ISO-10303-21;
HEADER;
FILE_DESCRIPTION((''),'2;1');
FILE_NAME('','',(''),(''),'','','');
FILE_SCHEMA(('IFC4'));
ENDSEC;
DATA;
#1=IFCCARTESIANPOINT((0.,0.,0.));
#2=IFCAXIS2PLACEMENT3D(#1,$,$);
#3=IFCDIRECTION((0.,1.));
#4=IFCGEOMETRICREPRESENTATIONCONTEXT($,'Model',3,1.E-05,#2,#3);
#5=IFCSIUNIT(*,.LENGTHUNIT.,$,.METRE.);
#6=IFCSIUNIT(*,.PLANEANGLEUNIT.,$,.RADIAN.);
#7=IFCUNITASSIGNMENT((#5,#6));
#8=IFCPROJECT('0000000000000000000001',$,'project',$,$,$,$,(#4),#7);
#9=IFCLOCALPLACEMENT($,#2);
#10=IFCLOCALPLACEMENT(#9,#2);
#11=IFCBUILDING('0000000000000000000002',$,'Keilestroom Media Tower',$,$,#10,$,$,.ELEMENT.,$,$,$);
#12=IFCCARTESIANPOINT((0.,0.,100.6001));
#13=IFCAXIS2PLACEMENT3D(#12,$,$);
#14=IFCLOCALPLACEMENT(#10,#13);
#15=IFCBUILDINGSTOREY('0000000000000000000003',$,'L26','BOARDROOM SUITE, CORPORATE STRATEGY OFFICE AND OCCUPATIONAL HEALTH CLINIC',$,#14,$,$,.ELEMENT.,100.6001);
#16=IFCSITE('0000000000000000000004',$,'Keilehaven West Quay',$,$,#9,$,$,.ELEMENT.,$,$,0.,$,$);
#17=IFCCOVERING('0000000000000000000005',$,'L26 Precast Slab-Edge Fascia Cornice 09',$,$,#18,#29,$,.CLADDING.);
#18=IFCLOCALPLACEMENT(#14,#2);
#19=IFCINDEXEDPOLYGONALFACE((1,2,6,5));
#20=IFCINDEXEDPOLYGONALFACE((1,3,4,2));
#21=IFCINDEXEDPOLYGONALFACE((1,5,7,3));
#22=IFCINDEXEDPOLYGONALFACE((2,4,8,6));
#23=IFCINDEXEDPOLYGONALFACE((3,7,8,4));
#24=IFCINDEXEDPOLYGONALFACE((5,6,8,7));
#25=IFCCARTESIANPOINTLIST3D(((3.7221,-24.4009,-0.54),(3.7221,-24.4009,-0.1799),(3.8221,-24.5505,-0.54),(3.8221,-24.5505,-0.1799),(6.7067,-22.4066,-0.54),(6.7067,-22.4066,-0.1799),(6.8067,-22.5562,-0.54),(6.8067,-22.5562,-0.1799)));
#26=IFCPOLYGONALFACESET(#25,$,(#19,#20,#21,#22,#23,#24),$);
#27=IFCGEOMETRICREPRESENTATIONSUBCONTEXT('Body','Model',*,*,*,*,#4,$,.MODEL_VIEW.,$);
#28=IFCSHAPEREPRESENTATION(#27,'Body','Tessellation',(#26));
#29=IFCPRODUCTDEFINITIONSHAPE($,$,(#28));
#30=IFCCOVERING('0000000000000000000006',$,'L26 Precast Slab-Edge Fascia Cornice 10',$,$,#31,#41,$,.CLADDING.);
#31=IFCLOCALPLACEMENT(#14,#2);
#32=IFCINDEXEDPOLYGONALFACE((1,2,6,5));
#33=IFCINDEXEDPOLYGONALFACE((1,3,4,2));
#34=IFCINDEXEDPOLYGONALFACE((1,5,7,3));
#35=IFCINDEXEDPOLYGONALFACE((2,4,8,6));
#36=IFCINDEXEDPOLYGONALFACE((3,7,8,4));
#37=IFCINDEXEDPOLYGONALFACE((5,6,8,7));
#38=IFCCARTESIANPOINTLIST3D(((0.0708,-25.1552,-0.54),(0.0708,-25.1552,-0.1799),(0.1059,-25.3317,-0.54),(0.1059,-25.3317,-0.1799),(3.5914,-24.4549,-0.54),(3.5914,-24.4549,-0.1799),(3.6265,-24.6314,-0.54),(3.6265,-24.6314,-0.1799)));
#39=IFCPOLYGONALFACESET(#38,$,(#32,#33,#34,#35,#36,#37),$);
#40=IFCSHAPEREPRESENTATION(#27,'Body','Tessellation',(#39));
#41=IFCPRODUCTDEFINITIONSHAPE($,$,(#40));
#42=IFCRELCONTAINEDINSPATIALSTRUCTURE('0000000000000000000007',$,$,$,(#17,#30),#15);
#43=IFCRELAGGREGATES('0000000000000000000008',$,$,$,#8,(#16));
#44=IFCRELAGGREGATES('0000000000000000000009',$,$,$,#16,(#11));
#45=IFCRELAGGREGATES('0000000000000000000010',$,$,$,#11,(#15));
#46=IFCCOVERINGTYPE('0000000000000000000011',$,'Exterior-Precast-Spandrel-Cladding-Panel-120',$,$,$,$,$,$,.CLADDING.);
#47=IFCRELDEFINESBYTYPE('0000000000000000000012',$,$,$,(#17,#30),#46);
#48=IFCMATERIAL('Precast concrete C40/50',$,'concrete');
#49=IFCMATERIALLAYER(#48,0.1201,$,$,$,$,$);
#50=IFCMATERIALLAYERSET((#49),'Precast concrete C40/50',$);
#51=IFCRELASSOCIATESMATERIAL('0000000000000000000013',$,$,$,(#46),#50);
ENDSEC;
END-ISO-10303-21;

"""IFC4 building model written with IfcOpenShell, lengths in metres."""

from ifc_helpers import new_model, si_unit, direction, frame, origin, origin_2d, place, context, subcontext, project, spatial, rectangle, extrude, source, transform, mapped, material, layer, layer_set, type_object, element, save


model = new_model("IFC4")

# Units and contexts
model_context = context("Model", 3, precision=1e-05, world=origin(), true_north=direction((0.0, 1.0)))
body_context = subcontext(model_context, "Body", "Model", "MODEL_VIEW")
ifc_project = project(units=[si_unit("LENGTHUNIT", "METRE"), si_unit("PLANEANGLEUNIT", "RADIAN")], contexts=[model_context])

# Site, building, storey
site_placement = place(None, origin())
site = spatial("IfcSite", under=ifc_project, at=site_placement, Name="Keilehaven West Quay", CompositionType="ELEMENT", RefElevation=0.0)
building_placement = place(site_placement, origin())
building = spatial("IfcBuilding", under=site, at=building_placement, Name="Keilestroom Media Tower", CompositionType="ELEMENT")
storey_placement = place(building_placement, frame((0.0, 0.0, 100.6001)))
storey = spatial("IfcBuildingStorey", under=building, at=storey_placement, Name="L26", Description="BOARDROOM SUITE, CORPORATE STRATEGY OFFICE AND OCCUPATIONAL HEALTH CLINIC", CompositionType="ELEMENT", Elevation=100.6001)

# Shared definitions
ifc_material_1 = material(Name="Precast concrete C40/50", Category="concrete")

# Coverings
ifc_layer_1 = layer(ifc_material_1, 0.1201)
ifc_layer_set_1 = layer_set([ifc_layer_1], Name="Precast concrete C40/50")
covering_type = type_object("IfcCoveringType", Name="Exterior-Precast-Spandrel-Cladding-Panel-120", PredefinedType="CLADDING", material=ifc_layer_set_1)
shared_shape_1 = source(origin(), body_context, "Body", "SweptSolid", [
    extrude(rectangle(XDim=3.5896, YDim=0.1799, at=origin_2d()), origin(), (0.0, 0.0, 1.0), 0.3601),
])
for number, where, z_axis, x_axis, name in (
    (1, (5.2644, -23.4785, -0.54), (0.0, 0.0, 1.0), (-0.831467, -0.555575, 0.0), "L26 Precast Slab-Edge Fascia Cornice 09"),
    (2, (1.8486, -24.8933, -0.54), (0.0, 0.0, 1.0), (-0.980784, -0.195099, 0.0), "L26 Precast Slab-Edge Fascia Cornice 10"),
):
    element("IfcCovering", number, at=place(storey_placement, frame(where, z_axis=z_axis, x_axis=x_axis)), inside=storey, type_object=covering_type, Name=name, PredefinedType="CLADDING", context=body_context, shape_type="MappedRepresentation", body=[
        mapped(shared_shape_1, transform((0.0, 0.0, 0.0), x_axis=(1.0, 0.0, 0.0), y_axis=(0.0, 1.0, 0.0), z_axis=(0.0, 0.0, 1.0), scale=1.0)),
    ])

save(model, "model.ifc")
